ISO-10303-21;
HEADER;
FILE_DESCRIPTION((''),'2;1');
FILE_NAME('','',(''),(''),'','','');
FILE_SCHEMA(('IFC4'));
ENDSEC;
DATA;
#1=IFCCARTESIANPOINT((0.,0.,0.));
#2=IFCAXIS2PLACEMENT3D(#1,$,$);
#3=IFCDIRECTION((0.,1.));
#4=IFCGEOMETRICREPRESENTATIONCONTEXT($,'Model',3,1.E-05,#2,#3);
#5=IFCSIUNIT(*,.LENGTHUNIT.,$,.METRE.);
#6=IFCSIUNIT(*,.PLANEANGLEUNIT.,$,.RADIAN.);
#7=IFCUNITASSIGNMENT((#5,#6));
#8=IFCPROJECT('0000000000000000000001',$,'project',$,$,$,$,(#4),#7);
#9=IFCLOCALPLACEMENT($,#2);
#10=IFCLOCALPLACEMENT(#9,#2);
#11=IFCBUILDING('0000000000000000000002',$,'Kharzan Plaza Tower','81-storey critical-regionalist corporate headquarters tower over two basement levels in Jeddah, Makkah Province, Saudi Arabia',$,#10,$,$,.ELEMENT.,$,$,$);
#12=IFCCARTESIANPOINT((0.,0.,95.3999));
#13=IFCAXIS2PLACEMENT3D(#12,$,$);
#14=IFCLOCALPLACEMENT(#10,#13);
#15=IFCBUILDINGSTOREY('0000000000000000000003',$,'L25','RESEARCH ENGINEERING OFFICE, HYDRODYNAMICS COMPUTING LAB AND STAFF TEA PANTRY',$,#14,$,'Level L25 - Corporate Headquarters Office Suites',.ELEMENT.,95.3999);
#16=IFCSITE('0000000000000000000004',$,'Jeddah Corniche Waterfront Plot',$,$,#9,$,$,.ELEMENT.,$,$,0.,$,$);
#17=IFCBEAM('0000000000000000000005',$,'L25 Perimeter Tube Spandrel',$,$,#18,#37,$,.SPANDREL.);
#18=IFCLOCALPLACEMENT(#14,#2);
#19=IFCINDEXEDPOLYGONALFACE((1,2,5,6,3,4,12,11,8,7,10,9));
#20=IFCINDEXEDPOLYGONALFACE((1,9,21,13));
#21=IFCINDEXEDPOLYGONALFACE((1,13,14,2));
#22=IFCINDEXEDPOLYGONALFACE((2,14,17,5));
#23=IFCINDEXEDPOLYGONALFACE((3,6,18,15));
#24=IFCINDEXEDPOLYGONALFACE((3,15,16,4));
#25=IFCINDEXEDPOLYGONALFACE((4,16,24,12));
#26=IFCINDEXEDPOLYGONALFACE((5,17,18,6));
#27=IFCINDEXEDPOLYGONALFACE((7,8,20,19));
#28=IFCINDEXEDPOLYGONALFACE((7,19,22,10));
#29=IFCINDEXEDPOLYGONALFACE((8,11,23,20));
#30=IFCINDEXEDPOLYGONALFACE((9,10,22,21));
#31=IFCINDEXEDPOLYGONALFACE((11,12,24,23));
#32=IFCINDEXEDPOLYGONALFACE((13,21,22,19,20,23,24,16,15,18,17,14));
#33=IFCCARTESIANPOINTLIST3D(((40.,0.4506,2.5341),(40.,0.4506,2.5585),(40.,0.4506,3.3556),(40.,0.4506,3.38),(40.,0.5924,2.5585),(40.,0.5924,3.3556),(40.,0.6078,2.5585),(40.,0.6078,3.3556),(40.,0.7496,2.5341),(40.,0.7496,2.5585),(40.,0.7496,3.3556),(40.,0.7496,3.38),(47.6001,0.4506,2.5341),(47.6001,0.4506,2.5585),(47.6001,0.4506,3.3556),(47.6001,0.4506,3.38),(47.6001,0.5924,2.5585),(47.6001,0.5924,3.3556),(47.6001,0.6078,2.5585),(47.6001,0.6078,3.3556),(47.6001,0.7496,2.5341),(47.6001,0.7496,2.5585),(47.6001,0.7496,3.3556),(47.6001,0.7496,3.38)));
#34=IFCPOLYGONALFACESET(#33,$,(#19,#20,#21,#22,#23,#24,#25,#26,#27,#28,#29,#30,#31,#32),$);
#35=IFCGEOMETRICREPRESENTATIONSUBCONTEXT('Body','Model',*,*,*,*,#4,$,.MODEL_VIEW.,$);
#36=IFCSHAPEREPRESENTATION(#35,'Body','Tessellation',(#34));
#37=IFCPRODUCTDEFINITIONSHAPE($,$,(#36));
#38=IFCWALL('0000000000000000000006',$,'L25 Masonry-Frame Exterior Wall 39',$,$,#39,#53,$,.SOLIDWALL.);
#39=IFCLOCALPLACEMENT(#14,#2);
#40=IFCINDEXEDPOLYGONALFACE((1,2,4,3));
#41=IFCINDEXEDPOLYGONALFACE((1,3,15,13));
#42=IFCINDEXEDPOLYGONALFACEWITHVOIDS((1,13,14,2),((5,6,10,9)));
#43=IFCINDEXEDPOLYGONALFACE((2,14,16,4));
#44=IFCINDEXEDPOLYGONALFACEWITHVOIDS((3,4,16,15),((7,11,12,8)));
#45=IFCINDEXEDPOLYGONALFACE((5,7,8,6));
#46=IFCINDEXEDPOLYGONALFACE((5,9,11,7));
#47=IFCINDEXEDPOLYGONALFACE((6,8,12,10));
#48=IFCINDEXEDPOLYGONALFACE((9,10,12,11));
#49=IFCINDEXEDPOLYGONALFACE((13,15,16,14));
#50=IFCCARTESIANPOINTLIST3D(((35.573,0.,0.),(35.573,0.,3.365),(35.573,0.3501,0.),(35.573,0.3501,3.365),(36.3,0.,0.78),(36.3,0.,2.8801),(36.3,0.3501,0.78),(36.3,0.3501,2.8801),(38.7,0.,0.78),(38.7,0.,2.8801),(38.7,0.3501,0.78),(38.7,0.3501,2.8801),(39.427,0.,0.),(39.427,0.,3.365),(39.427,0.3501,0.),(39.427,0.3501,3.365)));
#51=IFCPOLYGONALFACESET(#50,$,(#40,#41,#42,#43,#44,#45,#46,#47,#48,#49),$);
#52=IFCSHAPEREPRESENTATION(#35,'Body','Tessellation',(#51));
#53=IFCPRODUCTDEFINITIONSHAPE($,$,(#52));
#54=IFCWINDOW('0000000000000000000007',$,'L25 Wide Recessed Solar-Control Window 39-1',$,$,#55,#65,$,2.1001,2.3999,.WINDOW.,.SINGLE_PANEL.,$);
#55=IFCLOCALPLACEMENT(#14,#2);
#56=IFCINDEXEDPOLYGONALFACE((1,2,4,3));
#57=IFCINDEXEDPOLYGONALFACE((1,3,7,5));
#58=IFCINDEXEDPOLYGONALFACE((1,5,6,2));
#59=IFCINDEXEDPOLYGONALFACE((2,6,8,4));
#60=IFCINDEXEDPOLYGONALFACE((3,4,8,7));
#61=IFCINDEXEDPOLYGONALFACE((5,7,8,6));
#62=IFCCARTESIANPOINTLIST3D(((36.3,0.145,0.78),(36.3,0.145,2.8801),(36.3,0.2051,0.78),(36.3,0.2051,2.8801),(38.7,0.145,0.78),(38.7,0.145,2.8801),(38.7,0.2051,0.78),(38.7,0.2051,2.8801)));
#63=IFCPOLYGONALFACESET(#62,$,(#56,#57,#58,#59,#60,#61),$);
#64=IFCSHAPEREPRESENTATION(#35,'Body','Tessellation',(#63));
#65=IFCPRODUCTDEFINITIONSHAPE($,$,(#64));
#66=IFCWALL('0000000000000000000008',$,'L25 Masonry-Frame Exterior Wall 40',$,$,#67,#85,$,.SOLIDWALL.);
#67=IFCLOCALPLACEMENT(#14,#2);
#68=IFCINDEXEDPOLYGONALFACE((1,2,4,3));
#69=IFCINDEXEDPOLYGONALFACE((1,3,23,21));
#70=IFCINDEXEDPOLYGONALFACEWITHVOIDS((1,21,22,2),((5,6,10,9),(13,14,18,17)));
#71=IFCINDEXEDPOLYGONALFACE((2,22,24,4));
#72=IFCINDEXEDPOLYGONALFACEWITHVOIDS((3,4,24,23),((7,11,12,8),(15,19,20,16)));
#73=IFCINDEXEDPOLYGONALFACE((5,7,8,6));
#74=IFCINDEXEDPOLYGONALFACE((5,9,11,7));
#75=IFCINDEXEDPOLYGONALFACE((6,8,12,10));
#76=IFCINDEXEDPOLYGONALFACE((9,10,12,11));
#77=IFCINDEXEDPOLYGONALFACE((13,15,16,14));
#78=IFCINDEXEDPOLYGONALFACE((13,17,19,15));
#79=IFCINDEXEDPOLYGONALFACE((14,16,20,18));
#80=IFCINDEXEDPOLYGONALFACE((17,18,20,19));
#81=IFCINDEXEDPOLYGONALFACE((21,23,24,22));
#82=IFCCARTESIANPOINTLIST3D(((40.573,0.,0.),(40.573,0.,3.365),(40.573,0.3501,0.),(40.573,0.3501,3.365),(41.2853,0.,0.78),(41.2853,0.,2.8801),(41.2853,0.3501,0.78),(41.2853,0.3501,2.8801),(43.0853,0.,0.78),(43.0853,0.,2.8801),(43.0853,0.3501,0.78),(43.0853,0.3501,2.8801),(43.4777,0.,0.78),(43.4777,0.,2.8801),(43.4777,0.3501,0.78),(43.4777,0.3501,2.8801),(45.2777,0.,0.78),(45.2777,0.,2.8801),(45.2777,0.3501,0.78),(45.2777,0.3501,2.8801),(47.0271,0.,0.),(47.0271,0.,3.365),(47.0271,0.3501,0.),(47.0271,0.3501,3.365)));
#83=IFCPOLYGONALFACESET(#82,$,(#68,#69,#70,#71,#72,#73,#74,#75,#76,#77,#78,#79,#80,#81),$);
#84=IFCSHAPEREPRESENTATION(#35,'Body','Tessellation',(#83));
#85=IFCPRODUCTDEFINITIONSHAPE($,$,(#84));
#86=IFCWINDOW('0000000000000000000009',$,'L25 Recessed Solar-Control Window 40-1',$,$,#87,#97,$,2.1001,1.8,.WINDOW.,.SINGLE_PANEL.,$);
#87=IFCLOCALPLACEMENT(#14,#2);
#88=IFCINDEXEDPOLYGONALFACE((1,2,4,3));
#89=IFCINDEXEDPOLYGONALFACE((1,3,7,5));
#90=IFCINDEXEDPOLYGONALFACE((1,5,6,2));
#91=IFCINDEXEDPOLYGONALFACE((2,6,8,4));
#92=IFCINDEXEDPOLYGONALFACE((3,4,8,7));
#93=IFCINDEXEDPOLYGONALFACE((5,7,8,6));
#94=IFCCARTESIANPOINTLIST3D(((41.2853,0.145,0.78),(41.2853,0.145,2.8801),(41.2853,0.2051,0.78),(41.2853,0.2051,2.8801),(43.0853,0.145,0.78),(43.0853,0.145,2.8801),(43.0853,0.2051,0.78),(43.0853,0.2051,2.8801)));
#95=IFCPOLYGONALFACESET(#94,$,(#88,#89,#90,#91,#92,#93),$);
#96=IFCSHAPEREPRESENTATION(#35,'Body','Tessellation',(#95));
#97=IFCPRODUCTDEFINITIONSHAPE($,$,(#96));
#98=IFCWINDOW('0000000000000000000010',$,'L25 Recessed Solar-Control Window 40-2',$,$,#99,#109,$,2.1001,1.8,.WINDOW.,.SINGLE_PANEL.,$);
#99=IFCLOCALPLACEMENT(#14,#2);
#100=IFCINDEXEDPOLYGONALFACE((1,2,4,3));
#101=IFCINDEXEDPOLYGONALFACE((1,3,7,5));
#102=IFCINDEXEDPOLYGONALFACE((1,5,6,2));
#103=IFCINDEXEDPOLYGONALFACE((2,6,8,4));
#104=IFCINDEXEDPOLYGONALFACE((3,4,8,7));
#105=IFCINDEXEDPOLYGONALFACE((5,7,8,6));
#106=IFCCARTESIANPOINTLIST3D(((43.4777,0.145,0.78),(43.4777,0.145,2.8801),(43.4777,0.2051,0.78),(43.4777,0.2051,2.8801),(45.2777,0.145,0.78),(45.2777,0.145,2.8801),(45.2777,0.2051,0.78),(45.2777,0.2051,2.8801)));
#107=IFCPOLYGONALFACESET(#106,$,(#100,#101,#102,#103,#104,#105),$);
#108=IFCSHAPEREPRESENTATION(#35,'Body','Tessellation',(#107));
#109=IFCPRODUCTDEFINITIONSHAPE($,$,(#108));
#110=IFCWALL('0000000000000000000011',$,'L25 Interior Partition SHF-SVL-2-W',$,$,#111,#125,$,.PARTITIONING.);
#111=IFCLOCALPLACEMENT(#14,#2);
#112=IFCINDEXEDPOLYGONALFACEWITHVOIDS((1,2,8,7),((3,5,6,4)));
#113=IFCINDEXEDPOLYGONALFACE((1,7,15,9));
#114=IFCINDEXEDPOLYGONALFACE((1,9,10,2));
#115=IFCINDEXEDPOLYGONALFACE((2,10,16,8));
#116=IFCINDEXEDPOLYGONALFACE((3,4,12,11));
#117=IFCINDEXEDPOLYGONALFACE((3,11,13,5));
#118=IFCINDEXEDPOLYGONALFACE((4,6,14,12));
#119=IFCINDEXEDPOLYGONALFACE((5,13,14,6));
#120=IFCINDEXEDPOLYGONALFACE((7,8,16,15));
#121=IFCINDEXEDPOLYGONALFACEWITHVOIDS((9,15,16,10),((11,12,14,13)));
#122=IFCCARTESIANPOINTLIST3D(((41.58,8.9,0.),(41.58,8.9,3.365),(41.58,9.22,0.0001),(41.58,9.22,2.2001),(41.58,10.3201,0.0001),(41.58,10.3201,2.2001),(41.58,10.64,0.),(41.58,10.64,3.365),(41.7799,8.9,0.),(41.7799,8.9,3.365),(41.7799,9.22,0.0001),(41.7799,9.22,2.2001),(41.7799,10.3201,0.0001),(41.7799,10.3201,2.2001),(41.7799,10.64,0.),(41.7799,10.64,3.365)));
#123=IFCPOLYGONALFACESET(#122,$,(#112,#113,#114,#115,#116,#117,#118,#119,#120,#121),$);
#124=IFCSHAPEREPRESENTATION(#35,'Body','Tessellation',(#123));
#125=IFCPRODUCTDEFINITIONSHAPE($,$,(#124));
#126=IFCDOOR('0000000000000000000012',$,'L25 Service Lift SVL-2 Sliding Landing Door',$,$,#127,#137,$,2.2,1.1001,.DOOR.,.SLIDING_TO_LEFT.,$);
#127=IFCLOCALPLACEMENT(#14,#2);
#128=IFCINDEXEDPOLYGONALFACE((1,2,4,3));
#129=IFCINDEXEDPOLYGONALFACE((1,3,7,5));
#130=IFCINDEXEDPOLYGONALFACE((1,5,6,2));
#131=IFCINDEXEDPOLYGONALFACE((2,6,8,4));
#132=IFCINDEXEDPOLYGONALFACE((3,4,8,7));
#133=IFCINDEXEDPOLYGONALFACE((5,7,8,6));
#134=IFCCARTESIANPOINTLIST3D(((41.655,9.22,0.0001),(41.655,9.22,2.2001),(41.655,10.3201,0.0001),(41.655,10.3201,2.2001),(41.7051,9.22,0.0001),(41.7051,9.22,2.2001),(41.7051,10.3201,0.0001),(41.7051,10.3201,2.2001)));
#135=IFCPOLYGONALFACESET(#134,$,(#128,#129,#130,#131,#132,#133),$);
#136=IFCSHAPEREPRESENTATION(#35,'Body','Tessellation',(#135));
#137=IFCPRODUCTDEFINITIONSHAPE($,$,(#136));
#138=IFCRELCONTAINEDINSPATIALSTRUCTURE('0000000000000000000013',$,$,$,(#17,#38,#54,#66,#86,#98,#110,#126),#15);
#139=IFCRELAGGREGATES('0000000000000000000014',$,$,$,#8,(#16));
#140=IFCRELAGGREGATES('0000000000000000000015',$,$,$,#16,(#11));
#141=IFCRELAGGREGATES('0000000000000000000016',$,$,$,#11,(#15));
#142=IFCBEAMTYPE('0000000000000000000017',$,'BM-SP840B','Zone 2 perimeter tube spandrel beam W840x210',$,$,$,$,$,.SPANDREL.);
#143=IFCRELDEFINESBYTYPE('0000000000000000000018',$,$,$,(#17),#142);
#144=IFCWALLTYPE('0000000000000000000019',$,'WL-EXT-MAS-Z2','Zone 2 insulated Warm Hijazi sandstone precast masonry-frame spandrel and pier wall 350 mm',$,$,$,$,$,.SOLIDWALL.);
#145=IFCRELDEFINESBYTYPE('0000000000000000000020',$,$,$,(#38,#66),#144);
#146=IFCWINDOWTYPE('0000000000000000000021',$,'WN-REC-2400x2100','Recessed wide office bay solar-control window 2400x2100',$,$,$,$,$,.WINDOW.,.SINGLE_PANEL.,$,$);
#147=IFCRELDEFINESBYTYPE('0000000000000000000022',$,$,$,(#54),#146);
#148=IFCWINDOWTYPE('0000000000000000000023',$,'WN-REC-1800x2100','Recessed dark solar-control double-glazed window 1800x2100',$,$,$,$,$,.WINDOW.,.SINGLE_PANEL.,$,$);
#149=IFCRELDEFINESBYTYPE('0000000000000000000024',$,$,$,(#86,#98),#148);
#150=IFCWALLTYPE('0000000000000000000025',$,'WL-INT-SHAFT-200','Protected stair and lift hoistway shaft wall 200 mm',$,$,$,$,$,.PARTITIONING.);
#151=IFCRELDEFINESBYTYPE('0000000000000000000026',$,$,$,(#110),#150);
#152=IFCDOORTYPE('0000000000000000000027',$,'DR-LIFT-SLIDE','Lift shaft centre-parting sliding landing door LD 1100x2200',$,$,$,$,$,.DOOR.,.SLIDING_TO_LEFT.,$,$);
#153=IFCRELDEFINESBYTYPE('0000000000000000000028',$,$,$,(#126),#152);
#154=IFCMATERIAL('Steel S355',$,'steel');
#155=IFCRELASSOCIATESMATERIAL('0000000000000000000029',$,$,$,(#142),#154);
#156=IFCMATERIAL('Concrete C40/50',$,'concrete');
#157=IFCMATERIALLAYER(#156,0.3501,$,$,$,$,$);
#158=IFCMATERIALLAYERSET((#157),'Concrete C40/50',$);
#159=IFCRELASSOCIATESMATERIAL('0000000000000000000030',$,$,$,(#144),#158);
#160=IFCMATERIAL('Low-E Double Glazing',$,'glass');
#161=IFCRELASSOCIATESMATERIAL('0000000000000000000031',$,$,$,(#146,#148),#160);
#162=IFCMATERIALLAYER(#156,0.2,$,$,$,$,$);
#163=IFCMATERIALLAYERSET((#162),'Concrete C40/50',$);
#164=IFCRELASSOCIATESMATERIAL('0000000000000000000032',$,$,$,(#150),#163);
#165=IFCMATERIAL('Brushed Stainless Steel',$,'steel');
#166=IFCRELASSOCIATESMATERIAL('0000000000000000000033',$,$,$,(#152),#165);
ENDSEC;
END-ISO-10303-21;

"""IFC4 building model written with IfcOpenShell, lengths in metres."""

from ifc_helpers import new_model, si_unit, direction, frame, frame_2d, origin, origin_2d, place, context, subcontext, project, spatial, rectangle, i_section, extrude, source, transform, mapped, material, layer, layer_set, material_profile, profile_set, type_object, element, fill, save


model = new_model("IFC4")

# Units and contexts
model_context = context("Model", 3, precision=1e-05, world=origin(), true_north=direction((0.0, 1.0)))
body_context = subcontext(model_context, "Body", "Model", "MODEL_VIEW")
ifc_project = project(units=[si_unit("LENGTHUNIT", "METRE"), si_unit("PLANEANGLEUNIT", "RADIAN")], contexts=[model_context])

# Site, building, storey
site_placement = place(None, origin())
site = spatial("IfcSite", under=ifc_project, at=site_placement, Name="Jeddah Corniche Waterfront Plot", CompositionType="ELEMENT", RefElevation=0.0)
building_placement = place(site_placement, origin())
building = spatial("IfcBuilding", under=site, at=building_placement, Name="Kharzan Plaza Tower", Description="81-storey critical-regionalist corporate headquarters tower over two basement levels in Jeddah, Makkah Province, Saudi Arabia", CompositionType="ELEMENT")
storey_placement = place(building_placement, frame((0.0, 0.0, 95.3999)))
storey = spatial("IfcBuildingStorey", under=building, at=storey_placement, Name="L25", Description="RESEARCH ENGINEERING OFFICE, HYDRODYNAMICS COMPUTING LAB AND STAFF TEA PANTRY", LongName="Level L25 - Corporate Headquarters Office Suites", CompositionType="ELEMENT", Elevation=95.3999)

# Beam
ifc_material_1 = material(Name="Steel S355", Category="steel")
ifc_material_profile_1 = material_profile(ifc_material_1, i_section(OverallWidth=0.2991, OverallDepth=0.8459, WebThickness=0.0154, FlangeThickness=0.0244, at=origin_2d()), Name="W840x210")
ifc_profile_set_1 = profile_set([ifc_material_profile_1], Name="Steel S355")
beam_type_1 = type_object("IfcBeamType", Name="BM-SP840B", Description="Zone 2 perimeter tube spandrel beam W840x210", PredefinedType="SPANDREL", material=ifc_profile_set_1)
shared_shape_1 = source(origin(), body_context, "Body", "SweptSolid", [
    extrude(i_section(OverallWidth=0.2991, OverallDepth=0.8459, WebThickness=0.0154, FlangeThickness=0.0244, at=origin_2d()), origin(), (0.0, 0.0, 1.0), 7.6001),
])
beam_1_placement = place(storey_placement, frame((40.0, 0.6001, 2.957), z_axis=(1.0, 0.0, 0.0), x_axis=(0.0, 1.0, 0.0)))
element("IfcBeam", 1, at=beam_1_placement, inside=storey, type_object=beam_type_1, Name="L25 Perimeter Tube Spandrel", PredefinedType="SPANDREL", context=body_context, shape_type="MappedRepresentation", body=[
    mapped(shared_shape_1, transform((0.0, 0.0, 0.0), x_axis=(1.0, 0.0, 0.0), y_axis=(0.0, 1.0, 0.0), z_axis=(0.0, 0.0, 1.0))),
])

# Wall, opening, window
ifc_material_2 = material(Name="Concrete C40/50", Category="concrete")
ifc_layer_1 = layer(ifc_material_2, 0.3501)
ifc_layer_set_1 = layer_set([ifc_layer_1], Name="Concrete C40/50")
wall_type_1 = type_object("IfcWallType", Name="WL-EXT-MAS-Z2", Description="Zone 2 insulated Warm Hijazi sandstone precast masonry-frame spandrel and pier wall 350 mm", PredefinedType="SOLIDWALL", material=ifc_layer_set_1)
wall_1_placement = place(storey_placement, frame((35.573, 0.175, 0.0), z_axis=(0.0, 0.0, 1.0), x_axis=(1.0, 0.0, 0.0)))
wall_1 = element("IfcWall", 2, at=wall_1_placement, inside=storey, type_object=wall_type_1, Name="L25 Masonry-Frame Exterior Wall 39", PredefinedType="SOLIDWALL", context=body_context, shape_type="SweptSolid", body=[
    extrude(rectangle(XDim=3.854, YDim=0.3501, at=frame_2d((1.927, 0.0))), origin(), (0.0, 0.0, 1.0), 3.365),
])
opening_1_placement = place(wall_1_placement, frame((0.7271, 0.0, 0.78)))
opening_1 = element("IfcOpeningElement", 3, at=opening_1_placement, cuts=wall_1, PredefinedType="OPENING", context=body_context, shape_type="SweptSolid", body=[
    extrude(rectangle(XDim=2.3999, YDim=2.1001, at=frame_2d((1.2, 1.05))), frame((0.0, 0.1851, 0.0), z_axis=(0.0, -1.0, 0.0), x_axis=(1.0, 0.0, 0.0)), (0.0, 0.0, 1.0), 0.3701),
])
ifc_material_3 = material(Name="Low-E Double Glazing", Category="glass")
window_type_1 = type_object("IfcWindowType", Name="WN-REC-2400x2100", Description="Recessed wide office bay solar-control window 2400x2100", PartitioningType="SINGLE_PANEL", PredefinedType="WINDOW", material=ifc_material_3)
shared_shape_2 = source(origin(), body_context, "Body", "SweptSolid", [
    extrude(rectangle(XDim=2.3999, YDim=2.1001, at=frame_2d((1.2, 1.05))), frame((0.0, 0.03, 0.0), z_axis=(0.0, -1.0, 0.0), x_axis=(1.0, 0.0, 0.0)), (0.0, 0.0, 1.0), 0.0601),
])
window_1_placement = place(opening_1_placement, origin())
window_1 = element("IfcWindow", 4, at=window_1_placement, inside=storey, type_object=window_type_1, Name="L25 Wide Recessed Solar-Control Window 39-1", OverallHeight=2.1001, OverallWidth=2.3999, PartitioningType="SINGLE_PANEL", PredefinedType="WINDOW", context=body_context, shape_type="MappedRepresentation", body=[
    mapped(shared_shape_2, transform((0.0, 0.0, 0.0), x_axis=(1.0, 0.0, 0.0), y_axis=(0.0, 1.0, 0.0), z_axis=(0.0, 0.0, 1.0))),
])
fill(opening_1, window_1)

# Wall, openings, windows
wall_2_placement = place(storey_placement, frame((40.573, 0.175, 0.0), z_axis=(0.0, 0.0, 1.0), x_axis=(1.0, 0.0, 0.0)))
wall_2 = element("IfcWall", 5, at=wall_2_placement, inside=storey, type_object=wall_type_1, Name="L25 Masonry-Frame Exterior Wall 40", PredefinedType="SOLIDWALL", context=body_context, shape_type="SweptSolid", body=[
    extrude(rectangle(XDim=6.4541, YDim=0.3501, at=frame_2d((3.2271, 0.0))), origin(), (0.0, 0.0, 1.0), 3.365),
])
opening_2_placement = place(wall_2_placement, frame((0.7124, 0.0, 0.78)))
opening_2 = element("IfcOpeningElement", 6, at=opening_2_placement, cuts=wall_2, PredefinedType="OPENING", context=body_context, shape_type="SweptSolid", body=[
    extrude(rectangle(XDim=1.8, YDim=2.1001, at=frame_2d((0.8999, 1.05))), frame((0.0, 0.1851, 0.0), z_axis=(0.0, -1.0, 0.0), x_axis=(1.0, 0.0, 0.0)), (0.0, 0.0, 1.0), 0.3701),
])
opening_3_placement = place(wall_2_placement, frame((2.9048, 0.0, 0.78)))
opening_3 = element("IfcOpeningElement", 7, at=opening_3_placement, cuts=wall_2, PredefinedType="OPENING", context=body_context, shape_type="SweptSolid", body=[
    extrude(rectangle(XDim=1.8, YDim=2.1001, at=frame_2d((0.8999, 1.05))), frame((0.0, 0.1851, 0.0), z_axis=(0.0, -1.0, 0.0), x_axis=(1.0, 0.0, 0.0)), (0.0, 0.0, 1.0), 0.3701),
])
window_type_2 = type_object("IfcWindowType", Name="WN-REC-1800x2100", Description="Recessed dark solar-control double-glazed window 1800x2100", PartitioningType="SINGLE_PANEL", PredefinedType="WINDOW", material=ifc_material_3)
shared_shape_3 = source(origin(), body_context, "Body", "SweptSolid", [
    extrude(rectangle(XDim=1.8, YDim=2.1001, at=frame_2d((0.8999, 1.05))), frame((0.0, 0.03, 0.0), z_axis=(0.0, -1.0, 0.0), x_axis=(1.0, 0.0, 0.0)), (0.0, 0.0, 1.0), 0.0601),
])
window_2_placement = place(opening_2_placement, origin())
window_2 = element("IfcWindow", 8, at=window_2_placement, inside=storey, type_object=window_type_2, Name="L25 Recessed Solar-Control Window 40-1", OverallHeight=2.1001, OverallWidth=1.8, PartitioningType="SINGLE_PANEL", PredefinedType="WINDOW", context=body_context, shape_type="MappedRepresentation", body=[
    mapped(shared_shape_3, transform((0.0, 0.0, 0.0), x_axis=(1.0, 0.0, 0.0), y_axis=(0.0, 1.0, 0.0), z_axis=(0.0, 0.0, 1.0))),
])
fill(opening_2, window_2)
window_3_placement = place(opening_3_placement, origin())
window_3 = element("IfcWindow", 9, at=window_3_placement, inside=storey, type_object=window_type_2, Name="L25 Recessed Solar-Control Window 40-2", OverallHeight=2.1001, OverallWidth=1.8, PartitioningType="SINGLE_PANEL", PredefinedType="WINDOW", context=body_context, shape_type="MappedRepresentation", body=[
    mapped(shared_shape_3, transform((0.0, 0.0, 0.0), x_axis=(1.0, 0.0, 0.0), y_axis=(0.0, 1.0, 0.0), z_axis=(0.0, 0.0, 1.0))),
])
fill(opening_3, window_3)

# Wall, opening, door
ifc_layer_2 = layer(ifc_material_2, 0.2)
ifc_layer_set_2 = layer_set([ifc_layer_2], Name="Concrete C40/50")
wall_type_2 = type_object("IfcWallType", Name="WL-INT-SHAFT-200", Description="Protected stair and lift hoistway shaft wall 200 mm", PredefinedType="PARTITIONING", material=ifc_layer_set_2)
wall_3_placement = place(storey_placement, frame((41.6799, 8.8999, 0.0), z_axis=(0.0, 0.0, 1.0), x_axis=(0.0, 1.0, 0.0)))
wall_3 = element("IfcWall", 10, at=wall_3_placement, inside=storey, type_object=wall_type_2, Name="L25 Interior Partition SHF-SVL-2-W", PredefinedType="PARTITIONING", context=body_context, shape_type="SweptSolid", body=[
    extrude(rectangle(XDim=1.74, YDim=0.2, at=frame_2d((0.8701, 0.0))), origin(), (0.0, 0.0, 1.0), 3.365),
])
opening_4_placement = place(wall_3_placement, frame((0.3201, 0.0, 0.0)))
opening_4 = element("IfcOpeningElement", 11, at=opening_4_placement, cuts=wall_3, PredefinedType="OPENING", context=body_context, shape_type="SweptSolid", body=[
    extrude(rectangle(XDim=1.1001, YDim=2.2, at=frame_2d((0.55, 1.1001))), frame((0.0, 0.1099, 0.0), z_axis=(0.0, -1.0, 0.0), x_axis=(1.0, 0.0, 0.0)), (0.0, 0.0, 1.0), 0.22),
])
ifc_material_4 = material(Name="Brushed Stainless Steel", Category="steel")
door_type_1 = type_object("IfcDoorType", Name="DR-LIFT-SLIDE", Description="Lift shaft centre-parting sliding landing door LD 1100x2200", OperationType="SLIDING_TO_LEFT", PredefinedType="DOOR", material=ifc_material_4)
shared_shape_4 = source(origin(), body_context, "Body", "SweptSolid", [
    extrude(rectangle(XDim=1.1001, YDim=2.2, at=frame_2d((0.55, 1.1001))), frame((0.0, 0.0249, 0.0), z_axis=(0.0, -1.0, 0.0), x_axis=(1.0, 0.0, 0.0)), (0.0, 0.0, 1.0), 0.05),
])
door_1_placement = place(opening_4_placement, origin())
door_1 = element("IfcDoor", 12, at=door_1_placement, inside=storey, type_object=door_type_1, Name="L25 Service Lift SVL-2 Sliding Landing Door", OperationType="SLIDING_TO_LEFT", OverallHeight=2.2, OverallWidth=1.1001, PredefinedType="DOOR", context=body_context, shape_type="MappedRepresentation", body=[
    mapped(shared_shape_4, transform((0.0, 0.0, 0.0), x_axis=(1.0, 0.0, 0.0), y_axis=(0.0, 1.0, 0.0), z_axis=(0.0, 0.0, 1.0))),
])
fill(opening_4, door_1)

save(model, "model.ifc")
